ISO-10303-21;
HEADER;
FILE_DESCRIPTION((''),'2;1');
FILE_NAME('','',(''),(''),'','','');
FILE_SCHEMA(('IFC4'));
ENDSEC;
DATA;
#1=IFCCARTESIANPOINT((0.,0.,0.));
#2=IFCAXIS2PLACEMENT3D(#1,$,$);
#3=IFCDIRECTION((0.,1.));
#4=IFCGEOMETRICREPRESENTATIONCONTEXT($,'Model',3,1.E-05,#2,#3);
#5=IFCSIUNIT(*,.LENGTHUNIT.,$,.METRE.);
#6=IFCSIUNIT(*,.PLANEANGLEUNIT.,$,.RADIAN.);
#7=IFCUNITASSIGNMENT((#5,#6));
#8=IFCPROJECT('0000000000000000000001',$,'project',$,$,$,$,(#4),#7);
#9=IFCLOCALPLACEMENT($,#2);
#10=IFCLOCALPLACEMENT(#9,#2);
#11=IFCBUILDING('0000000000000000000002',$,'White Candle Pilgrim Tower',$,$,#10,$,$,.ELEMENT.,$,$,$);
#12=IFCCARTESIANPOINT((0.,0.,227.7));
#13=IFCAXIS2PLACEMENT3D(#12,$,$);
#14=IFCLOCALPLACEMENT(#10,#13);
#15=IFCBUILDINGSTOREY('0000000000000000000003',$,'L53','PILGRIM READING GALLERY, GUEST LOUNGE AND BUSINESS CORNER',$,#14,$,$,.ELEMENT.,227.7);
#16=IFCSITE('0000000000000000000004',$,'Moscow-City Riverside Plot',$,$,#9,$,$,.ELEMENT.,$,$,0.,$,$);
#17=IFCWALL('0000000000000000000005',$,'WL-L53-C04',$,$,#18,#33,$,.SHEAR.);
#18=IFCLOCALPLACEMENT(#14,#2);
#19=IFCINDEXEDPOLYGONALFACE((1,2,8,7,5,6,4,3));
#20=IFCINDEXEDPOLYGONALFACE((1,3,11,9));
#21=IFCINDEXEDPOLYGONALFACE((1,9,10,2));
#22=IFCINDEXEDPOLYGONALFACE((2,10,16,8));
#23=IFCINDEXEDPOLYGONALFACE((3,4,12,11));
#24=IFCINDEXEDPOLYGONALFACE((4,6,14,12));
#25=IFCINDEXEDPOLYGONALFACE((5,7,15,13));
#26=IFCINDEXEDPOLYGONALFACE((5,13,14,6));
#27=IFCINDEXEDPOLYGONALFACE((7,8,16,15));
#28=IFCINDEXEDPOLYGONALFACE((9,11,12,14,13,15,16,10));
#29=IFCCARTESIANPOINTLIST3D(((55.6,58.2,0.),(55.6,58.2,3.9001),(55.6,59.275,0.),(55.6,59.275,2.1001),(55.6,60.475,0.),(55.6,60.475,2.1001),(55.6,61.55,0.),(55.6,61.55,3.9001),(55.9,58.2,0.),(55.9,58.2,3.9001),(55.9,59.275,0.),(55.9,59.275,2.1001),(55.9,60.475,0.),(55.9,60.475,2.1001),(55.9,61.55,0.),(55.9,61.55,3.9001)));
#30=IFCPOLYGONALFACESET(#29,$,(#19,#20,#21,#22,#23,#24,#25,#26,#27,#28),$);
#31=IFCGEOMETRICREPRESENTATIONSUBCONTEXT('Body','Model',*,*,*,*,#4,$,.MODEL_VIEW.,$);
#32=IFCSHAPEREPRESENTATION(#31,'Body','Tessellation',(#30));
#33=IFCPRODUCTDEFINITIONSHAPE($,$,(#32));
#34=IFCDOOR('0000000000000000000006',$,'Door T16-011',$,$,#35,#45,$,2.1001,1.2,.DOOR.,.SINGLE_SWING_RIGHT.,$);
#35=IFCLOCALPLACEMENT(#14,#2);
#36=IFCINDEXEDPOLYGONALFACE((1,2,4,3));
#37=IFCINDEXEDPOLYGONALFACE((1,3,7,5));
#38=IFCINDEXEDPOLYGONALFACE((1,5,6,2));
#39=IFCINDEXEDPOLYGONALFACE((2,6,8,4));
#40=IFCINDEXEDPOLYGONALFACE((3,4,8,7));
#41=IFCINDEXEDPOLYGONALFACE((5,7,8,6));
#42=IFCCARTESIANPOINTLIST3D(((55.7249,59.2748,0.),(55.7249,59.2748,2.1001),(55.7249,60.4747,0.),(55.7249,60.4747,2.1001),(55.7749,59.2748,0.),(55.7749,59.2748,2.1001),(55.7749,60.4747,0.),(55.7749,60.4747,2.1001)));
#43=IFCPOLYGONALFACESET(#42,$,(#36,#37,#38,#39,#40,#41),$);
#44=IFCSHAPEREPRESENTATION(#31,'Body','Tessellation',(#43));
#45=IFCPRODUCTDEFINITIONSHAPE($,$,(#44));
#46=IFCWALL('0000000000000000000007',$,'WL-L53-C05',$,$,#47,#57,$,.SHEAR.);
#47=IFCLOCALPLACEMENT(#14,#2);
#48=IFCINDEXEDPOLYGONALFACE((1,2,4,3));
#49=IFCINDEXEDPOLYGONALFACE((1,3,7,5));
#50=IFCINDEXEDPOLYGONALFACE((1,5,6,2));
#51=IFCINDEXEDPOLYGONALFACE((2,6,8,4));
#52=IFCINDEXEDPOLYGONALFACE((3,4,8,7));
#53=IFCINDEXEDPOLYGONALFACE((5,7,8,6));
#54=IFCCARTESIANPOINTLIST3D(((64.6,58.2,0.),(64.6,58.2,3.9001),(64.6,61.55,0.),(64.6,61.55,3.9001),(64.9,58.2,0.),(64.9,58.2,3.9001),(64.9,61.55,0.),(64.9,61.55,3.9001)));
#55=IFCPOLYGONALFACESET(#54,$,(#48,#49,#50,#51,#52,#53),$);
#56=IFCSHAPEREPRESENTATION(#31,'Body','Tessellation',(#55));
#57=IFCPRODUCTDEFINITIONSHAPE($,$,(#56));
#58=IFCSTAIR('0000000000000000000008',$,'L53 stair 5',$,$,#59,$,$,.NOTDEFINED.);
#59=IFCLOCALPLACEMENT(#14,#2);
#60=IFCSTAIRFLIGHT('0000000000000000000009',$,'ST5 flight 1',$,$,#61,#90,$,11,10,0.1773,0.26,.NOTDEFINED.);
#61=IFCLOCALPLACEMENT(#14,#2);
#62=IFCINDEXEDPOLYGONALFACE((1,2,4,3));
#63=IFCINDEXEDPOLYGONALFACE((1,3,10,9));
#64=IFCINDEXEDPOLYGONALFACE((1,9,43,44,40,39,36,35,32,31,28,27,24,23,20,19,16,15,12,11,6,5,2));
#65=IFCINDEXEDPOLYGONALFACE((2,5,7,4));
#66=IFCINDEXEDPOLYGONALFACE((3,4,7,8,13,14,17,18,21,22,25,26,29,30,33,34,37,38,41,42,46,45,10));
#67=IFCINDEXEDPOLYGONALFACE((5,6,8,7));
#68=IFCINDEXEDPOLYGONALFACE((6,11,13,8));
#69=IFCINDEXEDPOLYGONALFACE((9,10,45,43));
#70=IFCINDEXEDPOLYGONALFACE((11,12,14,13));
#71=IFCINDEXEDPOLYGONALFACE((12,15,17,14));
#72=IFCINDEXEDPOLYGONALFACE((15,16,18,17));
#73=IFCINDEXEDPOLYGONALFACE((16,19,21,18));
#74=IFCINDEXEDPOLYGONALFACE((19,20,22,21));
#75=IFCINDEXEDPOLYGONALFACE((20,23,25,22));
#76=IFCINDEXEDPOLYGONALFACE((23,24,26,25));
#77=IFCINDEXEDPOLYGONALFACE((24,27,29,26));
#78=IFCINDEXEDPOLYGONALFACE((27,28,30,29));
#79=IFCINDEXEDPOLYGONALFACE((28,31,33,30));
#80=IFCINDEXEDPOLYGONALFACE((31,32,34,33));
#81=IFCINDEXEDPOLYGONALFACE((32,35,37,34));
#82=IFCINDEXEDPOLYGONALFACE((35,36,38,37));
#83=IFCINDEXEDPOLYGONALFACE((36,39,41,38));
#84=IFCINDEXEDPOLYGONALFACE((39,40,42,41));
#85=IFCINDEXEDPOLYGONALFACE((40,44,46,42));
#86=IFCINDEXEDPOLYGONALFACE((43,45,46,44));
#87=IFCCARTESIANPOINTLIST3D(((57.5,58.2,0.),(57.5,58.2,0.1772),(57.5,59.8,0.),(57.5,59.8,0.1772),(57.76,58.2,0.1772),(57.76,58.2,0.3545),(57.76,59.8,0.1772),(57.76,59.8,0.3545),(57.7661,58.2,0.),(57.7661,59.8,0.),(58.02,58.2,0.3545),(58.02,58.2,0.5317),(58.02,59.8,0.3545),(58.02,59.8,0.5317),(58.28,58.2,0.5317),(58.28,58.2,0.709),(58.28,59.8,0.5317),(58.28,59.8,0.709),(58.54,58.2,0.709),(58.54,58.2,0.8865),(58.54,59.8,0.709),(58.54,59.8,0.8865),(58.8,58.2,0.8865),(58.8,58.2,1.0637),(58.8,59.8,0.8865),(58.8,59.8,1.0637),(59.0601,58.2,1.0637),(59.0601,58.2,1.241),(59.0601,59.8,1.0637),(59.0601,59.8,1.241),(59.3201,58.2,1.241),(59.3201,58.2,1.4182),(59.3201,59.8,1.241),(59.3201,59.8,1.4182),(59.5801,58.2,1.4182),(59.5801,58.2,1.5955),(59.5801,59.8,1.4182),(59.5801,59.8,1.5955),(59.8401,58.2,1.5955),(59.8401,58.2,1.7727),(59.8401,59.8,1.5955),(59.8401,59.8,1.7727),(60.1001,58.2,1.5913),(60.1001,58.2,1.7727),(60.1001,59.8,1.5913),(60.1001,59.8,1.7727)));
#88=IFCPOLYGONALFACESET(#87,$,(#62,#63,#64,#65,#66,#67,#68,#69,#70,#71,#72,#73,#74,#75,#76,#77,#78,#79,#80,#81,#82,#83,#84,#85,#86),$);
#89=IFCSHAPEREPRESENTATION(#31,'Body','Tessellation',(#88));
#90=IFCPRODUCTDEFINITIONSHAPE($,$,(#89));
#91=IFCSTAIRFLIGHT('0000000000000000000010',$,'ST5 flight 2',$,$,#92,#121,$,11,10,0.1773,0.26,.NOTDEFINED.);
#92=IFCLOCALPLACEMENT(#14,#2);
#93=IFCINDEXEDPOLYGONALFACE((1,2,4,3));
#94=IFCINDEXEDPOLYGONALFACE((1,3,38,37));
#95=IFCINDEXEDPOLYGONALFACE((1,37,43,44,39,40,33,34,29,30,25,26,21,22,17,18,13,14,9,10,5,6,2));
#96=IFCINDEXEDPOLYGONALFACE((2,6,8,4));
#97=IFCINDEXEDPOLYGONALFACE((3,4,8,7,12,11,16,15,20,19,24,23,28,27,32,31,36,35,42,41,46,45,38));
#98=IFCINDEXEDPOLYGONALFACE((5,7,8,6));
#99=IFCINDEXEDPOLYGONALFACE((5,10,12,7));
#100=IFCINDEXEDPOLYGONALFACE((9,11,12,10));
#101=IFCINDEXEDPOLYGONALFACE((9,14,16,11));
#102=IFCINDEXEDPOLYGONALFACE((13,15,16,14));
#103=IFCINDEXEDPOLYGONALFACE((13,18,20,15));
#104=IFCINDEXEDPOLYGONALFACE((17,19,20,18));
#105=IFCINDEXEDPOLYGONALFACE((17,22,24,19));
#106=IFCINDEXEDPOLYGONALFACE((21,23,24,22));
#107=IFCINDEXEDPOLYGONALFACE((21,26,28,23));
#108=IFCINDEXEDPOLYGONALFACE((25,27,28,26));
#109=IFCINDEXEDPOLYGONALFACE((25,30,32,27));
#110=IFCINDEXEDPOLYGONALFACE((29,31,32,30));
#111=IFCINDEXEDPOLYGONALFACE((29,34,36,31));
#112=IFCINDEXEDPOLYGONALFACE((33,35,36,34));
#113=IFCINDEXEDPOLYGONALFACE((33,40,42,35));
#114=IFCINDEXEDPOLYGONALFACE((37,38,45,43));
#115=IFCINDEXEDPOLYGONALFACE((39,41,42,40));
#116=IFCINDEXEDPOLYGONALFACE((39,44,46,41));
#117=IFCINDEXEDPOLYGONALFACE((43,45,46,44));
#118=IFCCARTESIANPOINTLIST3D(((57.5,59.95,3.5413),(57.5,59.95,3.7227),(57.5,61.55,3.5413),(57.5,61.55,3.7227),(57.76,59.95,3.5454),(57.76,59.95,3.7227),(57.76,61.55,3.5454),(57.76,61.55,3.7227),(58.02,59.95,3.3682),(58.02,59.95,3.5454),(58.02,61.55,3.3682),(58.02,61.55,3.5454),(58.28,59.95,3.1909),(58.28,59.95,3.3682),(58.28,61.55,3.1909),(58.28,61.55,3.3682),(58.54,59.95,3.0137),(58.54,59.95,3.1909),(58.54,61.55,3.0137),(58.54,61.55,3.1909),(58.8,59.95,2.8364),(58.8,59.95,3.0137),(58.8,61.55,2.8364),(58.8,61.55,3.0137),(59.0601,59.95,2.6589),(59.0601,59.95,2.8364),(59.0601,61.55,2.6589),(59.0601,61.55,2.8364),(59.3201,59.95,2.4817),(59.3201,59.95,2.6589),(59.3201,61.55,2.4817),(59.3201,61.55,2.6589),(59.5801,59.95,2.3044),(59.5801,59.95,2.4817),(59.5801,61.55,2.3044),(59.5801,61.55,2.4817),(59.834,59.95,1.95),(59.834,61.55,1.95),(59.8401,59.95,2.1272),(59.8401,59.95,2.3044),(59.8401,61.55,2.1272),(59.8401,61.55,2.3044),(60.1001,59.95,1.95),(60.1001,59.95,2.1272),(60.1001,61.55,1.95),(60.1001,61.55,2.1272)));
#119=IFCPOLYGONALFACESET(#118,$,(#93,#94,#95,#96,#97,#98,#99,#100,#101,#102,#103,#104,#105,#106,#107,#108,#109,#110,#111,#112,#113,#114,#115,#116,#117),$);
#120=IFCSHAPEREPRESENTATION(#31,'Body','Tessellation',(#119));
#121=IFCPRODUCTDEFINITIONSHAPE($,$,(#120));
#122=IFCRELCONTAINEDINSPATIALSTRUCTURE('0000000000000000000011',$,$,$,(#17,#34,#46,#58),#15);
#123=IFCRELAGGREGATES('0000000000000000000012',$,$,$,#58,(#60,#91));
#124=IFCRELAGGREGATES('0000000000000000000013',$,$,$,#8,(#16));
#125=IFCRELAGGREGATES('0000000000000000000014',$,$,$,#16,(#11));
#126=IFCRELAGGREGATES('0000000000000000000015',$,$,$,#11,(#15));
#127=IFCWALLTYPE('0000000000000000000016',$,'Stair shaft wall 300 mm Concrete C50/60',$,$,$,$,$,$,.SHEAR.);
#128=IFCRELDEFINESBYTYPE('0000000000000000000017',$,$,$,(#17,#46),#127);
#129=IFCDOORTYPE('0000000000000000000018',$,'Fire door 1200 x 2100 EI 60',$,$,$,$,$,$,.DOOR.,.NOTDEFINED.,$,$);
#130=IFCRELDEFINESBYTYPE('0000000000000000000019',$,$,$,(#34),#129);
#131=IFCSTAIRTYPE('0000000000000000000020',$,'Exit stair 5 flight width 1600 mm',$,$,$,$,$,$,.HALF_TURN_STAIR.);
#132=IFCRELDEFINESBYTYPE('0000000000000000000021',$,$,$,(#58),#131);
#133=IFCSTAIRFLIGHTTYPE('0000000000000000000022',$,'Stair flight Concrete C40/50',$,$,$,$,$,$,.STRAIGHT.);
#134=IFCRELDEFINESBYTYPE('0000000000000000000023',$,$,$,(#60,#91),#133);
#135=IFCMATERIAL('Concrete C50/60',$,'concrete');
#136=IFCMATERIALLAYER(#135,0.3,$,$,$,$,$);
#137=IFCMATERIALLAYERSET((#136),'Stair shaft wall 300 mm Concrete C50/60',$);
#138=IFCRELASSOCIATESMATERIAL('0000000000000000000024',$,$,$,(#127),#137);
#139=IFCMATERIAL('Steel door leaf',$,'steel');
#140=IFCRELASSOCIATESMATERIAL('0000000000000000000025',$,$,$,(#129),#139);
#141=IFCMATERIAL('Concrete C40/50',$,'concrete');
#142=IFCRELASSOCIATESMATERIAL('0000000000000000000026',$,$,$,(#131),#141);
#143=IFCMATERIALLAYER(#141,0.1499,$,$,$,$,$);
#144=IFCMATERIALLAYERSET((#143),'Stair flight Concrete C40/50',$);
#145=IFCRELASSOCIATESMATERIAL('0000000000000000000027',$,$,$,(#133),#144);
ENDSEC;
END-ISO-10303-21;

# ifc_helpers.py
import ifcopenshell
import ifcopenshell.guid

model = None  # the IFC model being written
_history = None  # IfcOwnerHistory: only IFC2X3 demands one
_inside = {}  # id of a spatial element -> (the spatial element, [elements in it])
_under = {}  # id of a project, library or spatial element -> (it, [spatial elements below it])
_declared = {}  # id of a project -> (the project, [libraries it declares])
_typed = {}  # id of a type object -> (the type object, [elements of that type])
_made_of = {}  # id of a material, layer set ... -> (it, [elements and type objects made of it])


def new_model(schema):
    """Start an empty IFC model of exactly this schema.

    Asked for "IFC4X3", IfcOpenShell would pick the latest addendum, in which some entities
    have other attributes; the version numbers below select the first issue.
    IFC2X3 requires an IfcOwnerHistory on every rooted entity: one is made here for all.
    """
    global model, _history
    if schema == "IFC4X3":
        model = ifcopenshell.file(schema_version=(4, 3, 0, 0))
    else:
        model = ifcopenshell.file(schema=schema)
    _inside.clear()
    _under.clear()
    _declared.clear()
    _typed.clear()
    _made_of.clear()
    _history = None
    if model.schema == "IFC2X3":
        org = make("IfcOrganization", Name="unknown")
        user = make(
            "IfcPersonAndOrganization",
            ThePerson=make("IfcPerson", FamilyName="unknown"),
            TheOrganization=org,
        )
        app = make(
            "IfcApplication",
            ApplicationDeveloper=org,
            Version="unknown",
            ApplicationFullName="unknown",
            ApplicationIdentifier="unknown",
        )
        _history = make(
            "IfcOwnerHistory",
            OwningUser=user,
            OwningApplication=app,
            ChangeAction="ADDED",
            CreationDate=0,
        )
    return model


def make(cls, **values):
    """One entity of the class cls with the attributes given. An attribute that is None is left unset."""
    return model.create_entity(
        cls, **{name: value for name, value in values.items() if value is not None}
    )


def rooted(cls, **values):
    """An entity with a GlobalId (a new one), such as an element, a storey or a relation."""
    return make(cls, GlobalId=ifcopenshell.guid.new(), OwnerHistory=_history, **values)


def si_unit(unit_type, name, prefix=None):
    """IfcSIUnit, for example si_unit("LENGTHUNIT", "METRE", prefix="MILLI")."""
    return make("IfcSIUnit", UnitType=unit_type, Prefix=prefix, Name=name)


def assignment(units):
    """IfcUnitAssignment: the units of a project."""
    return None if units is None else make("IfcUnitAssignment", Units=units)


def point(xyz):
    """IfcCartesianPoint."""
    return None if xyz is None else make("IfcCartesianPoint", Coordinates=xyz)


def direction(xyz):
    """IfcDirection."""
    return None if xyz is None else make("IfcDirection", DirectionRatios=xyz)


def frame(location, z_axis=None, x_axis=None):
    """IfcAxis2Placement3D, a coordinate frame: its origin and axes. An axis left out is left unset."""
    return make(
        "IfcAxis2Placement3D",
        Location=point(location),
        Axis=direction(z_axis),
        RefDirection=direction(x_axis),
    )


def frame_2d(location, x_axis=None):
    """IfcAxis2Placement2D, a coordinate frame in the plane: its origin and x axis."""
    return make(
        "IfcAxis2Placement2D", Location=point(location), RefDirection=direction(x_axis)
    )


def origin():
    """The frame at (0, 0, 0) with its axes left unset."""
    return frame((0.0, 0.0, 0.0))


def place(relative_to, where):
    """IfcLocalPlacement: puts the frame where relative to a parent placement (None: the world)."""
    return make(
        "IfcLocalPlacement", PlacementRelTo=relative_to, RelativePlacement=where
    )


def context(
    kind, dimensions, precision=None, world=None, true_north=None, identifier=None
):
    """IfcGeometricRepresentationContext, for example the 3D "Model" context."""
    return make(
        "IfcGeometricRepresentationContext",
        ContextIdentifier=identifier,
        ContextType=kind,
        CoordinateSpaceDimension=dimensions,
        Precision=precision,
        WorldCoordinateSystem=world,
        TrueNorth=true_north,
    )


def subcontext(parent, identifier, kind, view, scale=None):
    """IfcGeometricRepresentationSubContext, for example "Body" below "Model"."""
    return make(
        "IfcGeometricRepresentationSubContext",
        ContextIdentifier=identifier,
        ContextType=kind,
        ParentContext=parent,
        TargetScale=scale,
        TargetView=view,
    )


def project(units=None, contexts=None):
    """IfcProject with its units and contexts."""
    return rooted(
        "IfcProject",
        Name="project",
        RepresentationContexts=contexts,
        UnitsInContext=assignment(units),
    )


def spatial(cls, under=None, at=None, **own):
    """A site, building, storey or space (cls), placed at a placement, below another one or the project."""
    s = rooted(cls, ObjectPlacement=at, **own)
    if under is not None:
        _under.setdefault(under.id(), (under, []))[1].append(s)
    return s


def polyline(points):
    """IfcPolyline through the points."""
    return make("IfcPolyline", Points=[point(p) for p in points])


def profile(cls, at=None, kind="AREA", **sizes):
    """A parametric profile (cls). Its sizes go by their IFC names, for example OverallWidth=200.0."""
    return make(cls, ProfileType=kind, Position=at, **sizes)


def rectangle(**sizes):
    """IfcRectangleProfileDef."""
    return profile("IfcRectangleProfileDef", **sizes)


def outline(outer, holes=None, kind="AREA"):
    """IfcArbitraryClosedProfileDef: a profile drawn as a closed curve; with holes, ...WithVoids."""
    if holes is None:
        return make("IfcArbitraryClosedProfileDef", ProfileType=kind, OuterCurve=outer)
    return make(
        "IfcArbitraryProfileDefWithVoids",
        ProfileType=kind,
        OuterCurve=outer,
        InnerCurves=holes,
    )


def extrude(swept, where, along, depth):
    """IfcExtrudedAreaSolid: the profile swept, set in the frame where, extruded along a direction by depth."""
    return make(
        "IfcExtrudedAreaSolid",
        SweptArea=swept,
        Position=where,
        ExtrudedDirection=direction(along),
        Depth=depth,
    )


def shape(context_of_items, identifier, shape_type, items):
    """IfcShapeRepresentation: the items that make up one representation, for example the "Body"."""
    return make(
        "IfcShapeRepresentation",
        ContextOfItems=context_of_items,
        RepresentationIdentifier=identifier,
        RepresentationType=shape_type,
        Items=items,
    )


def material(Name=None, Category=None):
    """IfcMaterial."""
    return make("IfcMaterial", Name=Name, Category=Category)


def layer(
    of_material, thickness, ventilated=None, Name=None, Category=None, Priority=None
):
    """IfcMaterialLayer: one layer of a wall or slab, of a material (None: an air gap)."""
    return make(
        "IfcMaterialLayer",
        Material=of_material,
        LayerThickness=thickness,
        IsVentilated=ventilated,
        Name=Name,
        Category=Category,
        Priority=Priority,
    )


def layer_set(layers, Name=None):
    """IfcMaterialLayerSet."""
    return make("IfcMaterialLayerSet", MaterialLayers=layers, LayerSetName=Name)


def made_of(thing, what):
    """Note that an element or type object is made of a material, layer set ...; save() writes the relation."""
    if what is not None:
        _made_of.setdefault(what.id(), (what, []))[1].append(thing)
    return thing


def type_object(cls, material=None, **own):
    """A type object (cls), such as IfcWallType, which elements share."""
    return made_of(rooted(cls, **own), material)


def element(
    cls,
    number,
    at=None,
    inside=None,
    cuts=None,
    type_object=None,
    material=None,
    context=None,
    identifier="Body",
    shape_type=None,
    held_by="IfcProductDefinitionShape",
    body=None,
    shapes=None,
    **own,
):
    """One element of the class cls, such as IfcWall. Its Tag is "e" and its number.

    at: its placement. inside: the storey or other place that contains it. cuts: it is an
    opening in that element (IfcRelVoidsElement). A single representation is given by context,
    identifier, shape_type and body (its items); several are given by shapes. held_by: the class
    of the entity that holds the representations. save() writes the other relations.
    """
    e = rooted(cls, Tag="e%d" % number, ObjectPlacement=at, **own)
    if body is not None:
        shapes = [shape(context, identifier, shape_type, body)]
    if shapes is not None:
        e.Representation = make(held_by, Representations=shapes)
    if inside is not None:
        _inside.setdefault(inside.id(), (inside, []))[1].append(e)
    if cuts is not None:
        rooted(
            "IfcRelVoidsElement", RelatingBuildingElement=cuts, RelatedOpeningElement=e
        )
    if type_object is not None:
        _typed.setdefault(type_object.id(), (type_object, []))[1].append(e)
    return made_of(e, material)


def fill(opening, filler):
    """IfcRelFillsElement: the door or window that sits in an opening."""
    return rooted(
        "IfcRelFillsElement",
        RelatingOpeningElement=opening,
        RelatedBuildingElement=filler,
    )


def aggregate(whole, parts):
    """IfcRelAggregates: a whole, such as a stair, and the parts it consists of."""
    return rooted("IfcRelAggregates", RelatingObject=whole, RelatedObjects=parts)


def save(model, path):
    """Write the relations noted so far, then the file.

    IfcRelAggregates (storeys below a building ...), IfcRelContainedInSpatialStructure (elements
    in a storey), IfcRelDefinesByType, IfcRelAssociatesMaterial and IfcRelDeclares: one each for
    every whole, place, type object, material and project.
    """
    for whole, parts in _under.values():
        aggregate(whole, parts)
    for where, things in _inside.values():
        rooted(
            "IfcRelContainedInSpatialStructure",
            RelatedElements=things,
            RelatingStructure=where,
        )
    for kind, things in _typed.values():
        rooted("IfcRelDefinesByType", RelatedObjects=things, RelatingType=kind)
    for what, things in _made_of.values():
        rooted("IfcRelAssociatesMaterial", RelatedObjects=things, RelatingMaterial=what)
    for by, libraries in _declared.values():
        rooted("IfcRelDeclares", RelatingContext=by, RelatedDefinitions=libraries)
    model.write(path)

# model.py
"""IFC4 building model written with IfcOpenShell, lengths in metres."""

from ifc_helpers import new_model, si_unit, direction, frame, frame_2d, origin, place, context, subcontext, project, spatial, polyline, rectangle, outline, extrude, material, layer, layer_set, type_object, element, fill, aggregate, save


model = new_model("IFC4")

# Units and contexts
model_context = context("Model", 3, precision=1e-05, world=origin(), true_north=direction((0.0, 1.0)))
body_context = subcontext(model_context, "Body", "Model", "MODEL_VIEW")
ifc_project = project(units=[si_unit("LENGTHUNIT", "METRE"), si_unit("PLANEANGLEUNIT", "RADIAN")], contexts=[model_context])

# Site, building, storey
site_placement = place(None, origin())
site = spatial("IfcSite", under=ifc_project, at=site_placement, Name="Moscow-City Riverside Plot", CompositionType="ELEMENT", RefElevation=0.0)
building_placement = place(site_placement, origin())
building = spatial("IfcBuilding", under=site, at=building_placement, Name="White Candle Pilgrim Tower", CompositionType="ELEMENT")
storey_placement = place(building_placement, frame((0.0, 0.0, 227.7)))
storey = spatial("IfcBuildingStorey", under=building, at=storey_placement, Name="L53", Description="PILGRIM READING GALLERY, GUEST LOUNGE AND BUSINESS CORNER", CompositionType="ELEMENT", Elevation=227.7)

# Shared definitions
ifc_material_1 = material(Name="Concrete C50/60", Category="concrete")

# Shared definitions
ifc_material_2 = material(Name="Steel door leaf", Category="steel")

# Wall, opening, door
ifc_layer_1 = layer(ifc_material_1, 0.3)
ifc_layer_set_1 = layer_set([ifc_layer_1], Name="Stair shaft wall 300 mm Concrete C50/60")
wall_type_1 = type_object("IfcWallType", Name="Stair shaft wall 300 mm Concrete C50/60", PredefinedType="SHEAR", material=ifc_layer_set_1)
wall_1_placement = place(storey_placement, frame((55.75, 58.2, 0.0), z_axis=(0.0, 0.0, 1.0), x_axis=(0.0, 1.0, 0.0)))
wall_1 = element("IfcWall", 1, at=wall_1_placement, inside=storey, type_object=wall_type_1, Name="WL-L53-C04", PredefinedType="SHEAR", context=body_context, shape_type="SweptSolid", body=[
    extrude(rectangle(XDim=3.3501, YDim=0.3, at=frame_2d((1.675, 0.0))), origin(), (0.0, 0.0, 1.0), 3.9001),
])
opening_1_placement = place(wall_1_placement, frame((1.075, 0.0, 0.0)))
opening_1 = element("IfcOpeningElement", 2, at=opening_1_placement, cuts=wall_1, PredefinedType="OPENING", context=body_context, shape_type="SweptSolid", body=[
    extrude(rectangle(XDim=1.2, YDim=2.1001, at=frame_2d((0.6001, 1.05))), frame((0.0, 0.1599, 0.0), z_axis=(0.0, -1.0, 0.0), x_axis=(1.0, 0.0, 0.0)), (0.0, 0.0, 1.0), 0.3201),
])
door_type_1 = type_object("IfcDoorType", Name="Fire door 1200 x 2100 EI 60", OperationType="NOTDEFINED", PredefinedType="DOOR", material=ifc_material_2)
door_1_placement = place(opening_1_placement, frame((1.2, 0.0, 0.0), z_axis=(0.0, 0.0, 1.0), x_axis=(-1.0, 0.0, 0.0)))
door_1 = element("IfcDoor", 3, at=door_1_placement, inside=storey, type_object=door_type_1, Name="Door T16-011", OperationType="SINGLE_SWING_RIGHT", OverallHeight=2.1001, OverallWidth=1.2, PredefinedType="DOOR", context=body_context, shape_type="SweptSolid", body=[
    extrude(rectangle(XDim=1.2, YDim=2.1001, at=frame_2d((0.6001, 1.05))), frame((0.0, 0.0249, 0.0), z_axis=(0.0, -1.0, 0.0), x_axis=(1.0, 0.0, 0.0)), (0.0, 0.0, 1.0), 0.05),
])
fill(opening_1, door_1)

# Wall
wall_2_placement = place(storey_placement, frame((64.75, 58.2, 0.0), z_axis=(0.0, 0.0, 1.0), x_axis=(0.0, 1.0, 0.0)))
element("IfcWall", 4, at=wall_2_placement, inside=storey, type_object=wall_type_1, Name="WL-L53-C05", PredefinedType="SHEAR", context=body_context, shape_type="SweptSolid", body=[
    extrude(rectangle(XDim=3.3501, YDim=0.3, at=frame_2d((1.675, 0.0))), origin(), (0.0, 0.0, 1.0), 3.9001),
])

# Stair, stair flights
ifc_material_3 = material(Name="Concrete C40/50", Category="concrete")
stair_type = type_object("IfcStairType", Name="Exit stair 5 flight width 1600 mm", PredefinedType="HALF_TURN_STAIR", material=ifc_material_3)
stair_placement = place(storey_placement, origin())
stair = element("IfcStair", 5, at=stair_placement, inside=storey, type_object=stair_type, Name="L53 stair 5", PredefinedType="NOTDEFINED")
ifc_layer_2 = layer(ifc_material_3, 0.1499)
ifc_layer_set_2 = layer_set([ifc_layer_2], Name="Stair flight Concrete C40/50")
stair_flight_type = type_object("IfcStairFlightType", Name="Stair flight Concrete C40/50", PredefinedType="STRAIGHT", material=ifc_layer_set_2)
stair_flight_1_placement = place(storey_placement, frame((57.5, 59.0, 0.0), z_axis=(0.0, 0.0, 1.0), x_axis=(1.0, 0.0, 0.0)))
stair_flight_1 = element("IfcStairFlight", 6, at=stair_flight_1_placement, type_object=stair_flight_type, Name="ST5 flight 1", NumberOfRisers=11, NumberOfTreads=10, PredefinedType="NOTDEFINED", RiserHeight=0.1773, TreadLength=0.26, context=body_context, shape_type="SweptSolid", body=[
    extrude(outline(polyline([(0.0, 0.0), (0.0, 0.1772), (0.26, 0.1772), (0.26, 0.3545), (0.52, 0.3545), (0.52, 0.5317), (0.78, 0.5317), (0.78, 0.709), (1.04, 0.709), (1.04, 0.8865), (1.3, 0.8865), (1.3, 1.0637), (1.5601, 1.0637), (1.5601, 1.241), (1.8201, 1.241), (1.8201, 1.4182), (2.0801, 1.4182), (2.0801, 1.5955), (2.3401, 1.5955), (2.3401, 1.7727), (2.6001, 1.7727), (2.6001, 1.95), (2.6001, 1.5913), (0.2661, 0.0), (0.0, 0.0)])), frame((0.0, 0.8, 0.0), z_axis=(0.0, -1.0, 0.0), x_axis=(1.0, 0.0, 0.0)), (0.0, 0.0, 1.0), 1.6001),
])
stair_flight_2_placement = place(storey_placement, frame((60.1001, 60.75, 1.95), z_axis=(0.0, 0.0, 1.0), x_axis=(-1.0, 0.0, 0.0)))
stair_flight_2 = element("IfcStairFlight", 7, at=stair_flight_2_placement, type_object=stair_flight_type, Name="ST5 flight 2", NumberOfRisers=11, NumberOfTreads=10, PredefinedType="NOTDEFINED", RiserHeight=0.1773, TreadLength=0.26, context=body_context, shape_type="SweptSolid", body=[
    extrude(outline(polyline([(0.0, 0.0), (0.0, 0.1772), (0.26, 0.1772), (0.26, 0.3545), (0.52, 0.3545), (0.52, 0.5317), (0.78, 0.5317), (0.78, 0.709), (1.04, 0.709), (1.04, 0.8865), (1.3, 0.8865), (1.3, 1.0637), (1.5601, 1.0637), (1.5601, 1.241), (1.8201, 1.241), (1.8201, 1.4182), (2.0801, 1.4182), (2.0801, 1.5955), (2.3401, 1.5955), (2.3401, 1.7727), (2.6001, 1.7727), (2.6001, 1.95), (2.6001, 1.5913), (0.2661, 0.0), (0.0, 0.0)])), frame((0.0, 0.8, 0.0), z_axis=(0.0, -1.0, 0.0), x_axis=(1.0, 0.0, 0.0)), (0.0, 0.0, 1.0), 1.6001),
])
aggregate(stair, [stair_flight_1, stair_flight_2])

save(model, "model.ifc")
